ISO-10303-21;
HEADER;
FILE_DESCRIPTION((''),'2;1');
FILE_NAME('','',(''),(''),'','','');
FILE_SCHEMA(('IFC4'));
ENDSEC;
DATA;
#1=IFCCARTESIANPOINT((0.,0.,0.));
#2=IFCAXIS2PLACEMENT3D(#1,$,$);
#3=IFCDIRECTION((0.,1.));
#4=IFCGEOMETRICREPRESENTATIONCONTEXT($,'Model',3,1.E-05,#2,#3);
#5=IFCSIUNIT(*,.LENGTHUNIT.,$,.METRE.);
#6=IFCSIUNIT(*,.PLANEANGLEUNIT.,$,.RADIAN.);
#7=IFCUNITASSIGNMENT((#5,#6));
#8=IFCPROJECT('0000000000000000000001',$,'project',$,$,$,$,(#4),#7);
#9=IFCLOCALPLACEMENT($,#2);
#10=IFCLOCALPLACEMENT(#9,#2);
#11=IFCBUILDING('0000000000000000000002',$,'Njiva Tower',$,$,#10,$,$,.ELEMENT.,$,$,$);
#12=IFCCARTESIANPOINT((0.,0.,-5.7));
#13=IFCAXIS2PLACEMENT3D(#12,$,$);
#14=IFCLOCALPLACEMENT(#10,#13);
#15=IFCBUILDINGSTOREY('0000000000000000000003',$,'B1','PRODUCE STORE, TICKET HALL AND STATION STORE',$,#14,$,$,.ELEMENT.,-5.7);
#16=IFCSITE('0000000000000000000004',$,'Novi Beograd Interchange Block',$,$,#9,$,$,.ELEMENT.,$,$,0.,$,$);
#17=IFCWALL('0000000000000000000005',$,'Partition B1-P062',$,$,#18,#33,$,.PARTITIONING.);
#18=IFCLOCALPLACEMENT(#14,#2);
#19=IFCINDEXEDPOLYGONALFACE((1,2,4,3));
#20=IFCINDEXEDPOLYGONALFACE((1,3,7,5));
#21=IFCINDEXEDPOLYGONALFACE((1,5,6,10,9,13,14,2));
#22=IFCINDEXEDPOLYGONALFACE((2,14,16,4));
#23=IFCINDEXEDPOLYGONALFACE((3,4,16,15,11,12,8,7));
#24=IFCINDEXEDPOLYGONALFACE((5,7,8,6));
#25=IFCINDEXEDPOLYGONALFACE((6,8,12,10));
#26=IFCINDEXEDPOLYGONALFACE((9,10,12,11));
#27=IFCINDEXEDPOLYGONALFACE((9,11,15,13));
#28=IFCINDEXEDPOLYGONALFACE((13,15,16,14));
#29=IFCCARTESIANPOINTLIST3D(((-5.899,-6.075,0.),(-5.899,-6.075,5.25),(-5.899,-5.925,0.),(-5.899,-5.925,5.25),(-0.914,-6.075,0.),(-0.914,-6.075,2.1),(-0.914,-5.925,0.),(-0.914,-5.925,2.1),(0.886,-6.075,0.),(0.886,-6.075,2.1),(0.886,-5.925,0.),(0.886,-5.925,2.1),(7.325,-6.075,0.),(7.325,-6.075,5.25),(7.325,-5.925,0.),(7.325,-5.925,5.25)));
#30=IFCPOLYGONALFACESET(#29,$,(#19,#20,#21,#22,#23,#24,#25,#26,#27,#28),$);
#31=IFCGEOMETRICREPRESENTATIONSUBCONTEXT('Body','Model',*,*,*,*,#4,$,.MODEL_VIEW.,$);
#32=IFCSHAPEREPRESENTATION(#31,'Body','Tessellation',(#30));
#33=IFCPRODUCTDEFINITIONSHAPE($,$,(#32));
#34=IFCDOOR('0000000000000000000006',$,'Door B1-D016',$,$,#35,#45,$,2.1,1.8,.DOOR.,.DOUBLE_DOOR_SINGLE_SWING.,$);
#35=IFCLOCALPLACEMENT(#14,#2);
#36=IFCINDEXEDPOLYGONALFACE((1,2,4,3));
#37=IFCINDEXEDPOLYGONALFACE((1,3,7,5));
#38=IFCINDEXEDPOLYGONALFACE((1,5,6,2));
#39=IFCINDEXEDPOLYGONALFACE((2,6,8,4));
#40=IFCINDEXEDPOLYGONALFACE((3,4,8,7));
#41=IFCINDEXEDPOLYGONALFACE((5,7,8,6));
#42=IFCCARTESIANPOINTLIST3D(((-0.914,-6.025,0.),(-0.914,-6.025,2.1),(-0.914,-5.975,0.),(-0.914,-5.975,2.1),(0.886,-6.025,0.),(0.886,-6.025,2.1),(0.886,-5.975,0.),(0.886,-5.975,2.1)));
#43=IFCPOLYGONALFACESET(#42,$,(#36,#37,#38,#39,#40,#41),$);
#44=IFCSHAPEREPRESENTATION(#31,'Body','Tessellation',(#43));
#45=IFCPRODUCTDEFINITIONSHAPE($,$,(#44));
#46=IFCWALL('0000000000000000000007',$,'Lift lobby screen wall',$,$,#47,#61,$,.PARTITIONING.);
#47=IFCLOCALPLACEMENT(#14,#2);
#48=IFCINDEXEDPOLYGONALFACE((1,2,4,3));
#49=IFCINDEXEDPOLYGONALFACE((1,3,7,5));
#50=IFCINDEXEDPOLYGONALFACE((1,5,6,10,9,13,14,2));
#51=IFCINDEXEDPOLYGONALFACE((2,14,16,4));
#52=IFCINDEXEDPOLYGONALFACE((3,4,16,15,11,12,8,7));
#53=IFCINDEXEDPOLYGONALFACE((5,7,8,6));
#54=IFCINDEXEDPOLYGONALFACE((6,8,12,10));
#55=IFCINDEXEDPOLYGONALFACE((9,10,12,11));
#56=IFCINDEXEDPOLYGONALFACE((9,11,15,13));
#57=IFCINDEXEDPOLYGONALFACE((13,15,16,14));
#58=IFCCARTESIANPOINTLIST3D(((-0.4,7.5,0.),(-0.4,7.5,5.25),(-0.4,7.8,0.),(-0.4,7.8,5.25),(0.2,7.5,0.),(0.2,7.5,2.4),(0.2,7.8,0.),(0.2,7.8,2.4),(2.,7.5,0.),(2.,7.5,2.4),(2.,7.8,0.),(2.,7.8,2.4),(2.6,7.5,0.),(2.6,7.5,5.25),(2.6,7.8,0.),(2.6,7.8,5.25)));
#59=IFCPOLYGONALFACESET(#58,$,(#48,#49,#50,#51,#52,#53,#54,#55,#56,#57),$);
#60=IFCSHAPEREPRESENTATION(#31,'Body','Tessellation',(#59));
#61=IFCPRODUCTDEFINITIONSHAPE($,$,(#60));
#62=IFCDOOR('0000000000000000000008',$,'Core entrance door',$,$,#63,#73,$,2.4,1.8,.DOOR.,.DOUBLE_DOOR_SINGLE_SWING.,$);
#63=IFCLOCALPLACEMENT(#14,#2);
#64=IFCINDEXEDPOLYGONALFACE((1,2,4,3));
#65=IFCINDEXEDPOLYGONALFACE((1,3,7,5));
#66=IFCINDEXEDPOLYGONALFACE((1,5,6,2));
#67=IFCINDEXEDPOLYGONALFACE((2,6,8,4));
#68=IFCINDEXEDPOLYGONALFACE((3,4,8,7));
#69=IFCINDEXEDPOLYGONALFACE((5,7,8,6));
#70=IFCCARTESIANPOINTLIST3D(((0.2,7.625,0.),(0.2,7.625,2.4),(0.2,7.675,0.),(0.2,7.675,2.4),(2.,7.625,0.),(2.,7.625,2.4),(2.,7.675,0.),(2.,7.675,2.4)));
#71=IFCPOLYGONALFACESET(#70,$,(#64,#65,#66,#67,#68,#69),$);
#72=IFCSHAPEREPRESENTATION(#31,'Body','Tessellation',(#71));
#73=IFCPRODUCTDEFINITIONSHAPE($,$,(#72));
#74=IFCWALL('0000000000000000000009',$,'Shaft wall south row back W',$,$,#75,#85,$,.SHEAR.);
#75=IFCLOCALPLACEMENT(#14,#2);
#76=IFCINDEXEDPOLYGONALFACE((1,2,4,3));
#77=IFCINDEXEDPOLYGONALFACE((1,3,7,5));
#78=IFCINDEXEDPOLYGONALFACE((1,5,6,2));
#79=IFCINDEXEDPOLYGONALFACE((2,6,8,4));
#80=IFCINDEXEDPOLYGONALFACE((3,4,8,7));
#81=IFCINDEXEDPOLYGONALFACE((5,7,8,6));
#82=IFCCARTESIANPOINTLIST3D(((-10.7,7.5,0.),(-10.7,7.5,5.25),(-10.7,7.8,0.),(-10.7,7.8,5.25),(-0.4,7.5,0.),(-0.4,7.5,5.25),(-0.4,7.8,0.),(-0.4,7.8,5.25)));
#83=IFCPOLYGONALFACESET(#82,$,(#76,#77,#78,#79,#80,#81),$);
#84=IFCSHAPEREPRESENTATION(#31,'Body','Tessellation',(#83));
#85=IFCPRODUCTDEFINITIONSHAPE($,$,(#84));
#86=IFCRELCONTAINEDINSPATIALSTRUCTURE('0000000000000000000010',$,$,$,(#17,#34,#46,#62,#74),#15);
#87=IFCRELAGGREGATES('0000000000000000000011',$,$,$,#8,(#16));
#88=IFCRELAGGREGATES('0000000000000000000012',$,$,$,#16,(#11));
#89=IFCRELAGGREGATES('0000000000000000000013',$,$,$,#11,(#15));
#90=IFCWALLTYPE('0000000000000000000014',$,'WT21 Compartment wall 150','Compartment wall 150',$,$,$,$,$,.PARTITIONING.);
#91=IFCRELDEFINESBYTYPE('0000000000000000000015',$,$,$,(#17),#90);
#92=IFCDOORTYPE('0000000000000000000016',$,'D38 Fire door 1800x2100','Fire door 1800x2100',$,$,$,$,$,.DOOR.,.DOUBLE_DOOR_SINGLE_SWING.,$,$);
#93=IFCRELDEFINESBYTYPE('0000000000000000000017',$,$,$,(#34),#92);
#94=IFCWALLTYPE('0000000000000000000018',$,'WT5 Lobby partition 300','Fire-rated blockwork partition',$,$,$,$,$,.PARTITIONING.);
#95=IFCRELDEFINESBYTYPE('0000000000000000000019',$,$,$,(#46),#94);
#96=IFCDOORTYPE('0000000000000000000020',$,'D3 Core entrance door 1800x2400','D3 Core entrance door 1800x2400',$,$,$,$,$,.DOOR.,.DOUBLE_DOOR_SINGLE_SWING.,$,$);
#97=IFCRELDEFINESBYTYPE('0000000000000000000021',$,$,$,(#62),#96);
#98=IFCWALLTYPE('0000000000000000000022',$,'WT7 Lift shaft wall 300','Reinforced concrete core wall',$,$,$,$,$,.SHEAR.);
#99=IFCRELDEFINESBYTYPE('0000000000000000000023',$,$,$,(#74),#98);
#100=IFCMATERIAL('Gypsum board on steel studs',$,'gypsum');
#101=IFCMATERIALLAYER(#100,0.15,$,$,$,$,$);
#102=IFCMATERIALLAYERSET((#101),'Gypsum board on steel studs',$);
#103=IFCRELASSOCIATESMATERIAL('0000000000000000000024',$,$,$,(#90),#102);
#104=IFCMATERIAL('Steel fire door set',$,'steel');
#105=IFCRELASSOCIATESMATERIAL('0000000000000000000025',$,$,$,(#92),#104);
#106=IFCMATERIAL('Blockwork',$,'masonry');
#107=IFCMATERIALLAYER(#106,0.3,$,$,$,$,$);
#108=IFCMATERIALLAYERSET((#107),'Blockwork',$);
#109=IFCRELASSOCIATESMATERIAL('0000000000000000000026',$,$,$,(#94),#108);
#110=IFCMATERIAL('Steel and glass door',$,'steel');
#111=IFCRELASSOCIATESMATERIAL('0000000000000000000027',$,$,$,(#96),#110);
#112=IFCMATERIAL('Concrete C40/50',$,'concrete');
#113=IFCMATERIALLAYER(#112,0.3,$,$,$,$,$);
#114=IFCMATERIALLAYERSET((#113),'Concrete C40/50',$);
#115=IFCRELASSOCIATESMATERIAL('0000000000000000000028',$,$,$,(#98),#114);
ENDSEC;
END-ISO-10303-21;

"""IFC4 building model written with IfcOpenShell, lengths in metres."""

from ifc_helpers import new_model, si_unit, direction, frame, frame_2d, origin, place, context, subcontext, project, spatial, rectangle, extrude, material, layer, layer_set, type_object, element, fill, save


model = new_model("IFC4")

# Units and contexts
model_context = context("Model", 3, precision=1e-05, world=origin(), true_north=direction((0.0, 1.0)))
body_context = subcontext(model_context, "Body", "Model", "MODEL_VIEW")
ifc_project = project(units=[si_unit("LENGTHUNIT", "METRE"), si_unit("PLANEANGLEUNIT", "RADIAN")], contexts=[model_context])

# Site, building, storey
site_placement = place(None, origin())
site = spatial("IfcSite", under=ifc_project, at=site_placement, Name="Novi Beograd Interchange Block", CompositionType="ELEMENT", RefElevation=0.0)
building_placement = place(site_placement, origin())
building = spatial("IfcBuilding", under=site, at=building_placement, Name="Njiva Tower", CompositionType="ELEMENT")
storey_placement = place(building_placement, frame((0.0, 0.0, -5.7)))
storey = spatial("IfcBuildingStorey", under=building, at=storey_placement, Name="B1", Description="PRODUCE STORE, TICKET HALL AND STATION STORE", CompositionType="ELEMENT", Elevation=-5.7)

# Shared definitions
ifc_material_1 = material(Name="Concrete C40/50", Category="concrete")

# Shared definitions
ifc_material_2 = material(Name="Blockwork", Category="masonry")

# Shared definitions
ifc_material_3 = material(Name="Gypsum board on steel studs", Category="gypsum")
ifc_layer_1 = layer(ifc_material_3, 0.15)
ifc_layer_set_1 = layer_set([ifc_layer_1], Name="Gypsum board on steel studs")
wall_type_1 = type_object("IfcWallType", Name="WT21 Compartment wall 150", Description="Compartment wall 150", PredefinedType="PARTITIONING", material=ifc_layer_set_1)

# Walls, openings, doors
wall_1_placement = place(storey_placement, frame((-5.899, -6.0, 0.0), z_axis=(0.0, 0.0, 1.0), x_axis=(1.0, 0.0, 0.0)))
wall_1 = element("IfcWall", 1, at=wall_1_placement, inside=storey, type_object=wall_type_1, Name="Partition B1-P062", PredefinedType="PARTITIONING", context=body_context, shape_type="SweptSolid", body=[
    extrude(rectangle(XDim=13.224, YDim=0.15, at=frame_2d((6.612, 0.0))), origin(), (0.0, 0.0, 1.0), 5.25),
])
opening_1_placement = place(wall_1_placement, frame((4.985, 0.0, 0.0)))
opening_1 = element("IfcOpeningElement", 2, at=opening_1_placement, cuts=wall_1, PredefinedType="OPENING", context=body_context, shape_type="SweptSolid", body=[
    extrude(rectangle(XDim=1.8, YDim=2.1, at=frame_2d((0.9, 1.05))), frame((0.0, 0.085, 0.0), z_axis=(0.0, -1.0, 0.0), x_axis=(1.0, 0.0, 0.0)), (0.0, 0.0, 1.0), 0.17),
])
ifc_material_4 = material(Name="Steel fire door set", Category="steel")
door_type_1 = type_object("IfcDoorType", Name="D38 Fire door 1800x2100", Description="Fire door 1800x2100", OperationType="DOUBLE_DOOR_SINGLE_SWING", PredefinedType="DOOR", material=ifc_material_4)
door_1_placement = place(opening_1_placement, origin())
door_1 = element("IfcDoor", 3, at=door_1_placement, inside=storey, type_object=door_type_1, Name="Door B1-D016", OperationType="DOUBLE_DOOR_SINGLE_SWING", OverallHeight=2.1, OverallWidth=1.8, PredefinedType="DOOR", context=body_context, shape_type="SweptSolid", body=[
    extrude(rectangle(XDim=1.8, YDim=2.1, at=frame_2d((0.9, 1.05))), frame((0.0, 0.025, 0.0), z_axis=(0.0, -1.0, 0.0), x_axis=(1.0, 0.0, 0.0)), (0.0, 0.0, 1.0), 0.05),
])
fill(opening_1, door_1)
ifc_layer_2 = layer(ifc_material_2, 0.3)
ifc_layer_set_2 = layer_set([ifc_layer_2], Name="Blockwork")
wall_type_2 = type_object("IfcWallType", Name="WT5 Lobby partition 300", Description="Fire-rated blockwork partition", PredefinedType="PARTITIONING", material=ifc_layer_set_2)
wall_2_placement = place(storey_placement, frame((-0.4, 7.65, 0.0), z_axis=(0.0, 0.0, 1.0), x_axis=(1.0, 0.0, 0.0)))
wall_2 = element("IfcWall", 4, at=wall_2_placement, inside=storey, type_object=wall_type_2, Name="Lift lobby screen wall", PredefinedType="PARTITIONING", context=body_context, shape_type="SweptSolid", body=[
    extrude(rectangle(XDim=3.0, YDim=0.3, at=frame_2d((1.5, 0.0))), origin(), (0.0, 0.0, 1.0), 5.25),
])
opening_2_placement = place(wall_2_placement, frame((0.6, 0.0, 0.0)))
opening_2 = element("IfcOpeningElement", 5, at=opening_2_placement, cuts=wall_2, PredefinedType="OPENING", context=body_context, shape_type="SweptSolid", body=[
    extrude(rectangle(XDim=1.8, YDim=2.4, at=frame_2d((0.9, 1.2))), frame((0.0, 0.16, 0.0), z_axis=(0.0, -1.0, 0.0), x_axis=(1.0, 0.0, 0.0)), (0.0, 0.0, 1.0), 0.32),
])
ifc_material_5 = material(Name="Steel and glass door", Category="steel")
door_type_2 = type_object("IfcDoorType", Name="D3 Core entrance door 1800x2400", Description="D3 Core entrance door 1800x2400", OperationType="DOUBLE_DOOR_SINGLE_SWING", PredefinedType="DOOR", material=ifc_material_5)
door_2_placement = place(opening_2_placement, origin())
door_2 = element("IfcDoor", 6, at=door_2_placement, inside=storey, type_object=door_type_2, Name="Core entrance door", OperationType="DOUBLE_DOOR_SINGLE_SWING", OverallHeight=2.4, OverallWidth=1.8, PredefinedType="DOOR", context=body_context, shape_type="SweptSolid", body=[
    extrude(rectangle(XDim=1.8, YDim=2.4, at=frame_2d((0.9, 1.2))), frame((0.0, 0.025, 0.0), z_axis=(0.0, -1.0, 0.0), x_axis=(1.0, 0.0, 0.0)), (0.0, 0.0, 1.0), 0.05),
])
fill(opening_2, door_2)

# Wall
ifc_layer_3 = layer(ifc_material_1, 0.3)
ifc_layer_set_3 = layer_set([ifc_layer_3], Name="Concrete C40/50")
wall_type_3 = type_object("IfcWallType", Name="WT7 Lift shaft wall 300", Description="Reinforced concrete core wall", PredefinedType="SHEAR", material=ifc_layer_set_3)
wall_3_placement = place(storey_placement, frame((-10.7, 7.65, 0.0), z_axis=(0.0, 0.0, 1.0), x_axis=(1.0, 0.0, 0.0)))
element("IfcWall", 7, at=wall_3_placement, inside=storey, type_object=wall_type_3, Name="Shaft wall south row back W", PredefinedType="SHEAR", context=body_context, shape_type="SweptSolid", body=[
    extrude(rectangle(XDim=10.3, YDim=0.3, at=frame_2d((5.15, 0.0))), origin(), (0.0, 0.0, 1.0), 5.25),
])

save(model, "model.ifc")
